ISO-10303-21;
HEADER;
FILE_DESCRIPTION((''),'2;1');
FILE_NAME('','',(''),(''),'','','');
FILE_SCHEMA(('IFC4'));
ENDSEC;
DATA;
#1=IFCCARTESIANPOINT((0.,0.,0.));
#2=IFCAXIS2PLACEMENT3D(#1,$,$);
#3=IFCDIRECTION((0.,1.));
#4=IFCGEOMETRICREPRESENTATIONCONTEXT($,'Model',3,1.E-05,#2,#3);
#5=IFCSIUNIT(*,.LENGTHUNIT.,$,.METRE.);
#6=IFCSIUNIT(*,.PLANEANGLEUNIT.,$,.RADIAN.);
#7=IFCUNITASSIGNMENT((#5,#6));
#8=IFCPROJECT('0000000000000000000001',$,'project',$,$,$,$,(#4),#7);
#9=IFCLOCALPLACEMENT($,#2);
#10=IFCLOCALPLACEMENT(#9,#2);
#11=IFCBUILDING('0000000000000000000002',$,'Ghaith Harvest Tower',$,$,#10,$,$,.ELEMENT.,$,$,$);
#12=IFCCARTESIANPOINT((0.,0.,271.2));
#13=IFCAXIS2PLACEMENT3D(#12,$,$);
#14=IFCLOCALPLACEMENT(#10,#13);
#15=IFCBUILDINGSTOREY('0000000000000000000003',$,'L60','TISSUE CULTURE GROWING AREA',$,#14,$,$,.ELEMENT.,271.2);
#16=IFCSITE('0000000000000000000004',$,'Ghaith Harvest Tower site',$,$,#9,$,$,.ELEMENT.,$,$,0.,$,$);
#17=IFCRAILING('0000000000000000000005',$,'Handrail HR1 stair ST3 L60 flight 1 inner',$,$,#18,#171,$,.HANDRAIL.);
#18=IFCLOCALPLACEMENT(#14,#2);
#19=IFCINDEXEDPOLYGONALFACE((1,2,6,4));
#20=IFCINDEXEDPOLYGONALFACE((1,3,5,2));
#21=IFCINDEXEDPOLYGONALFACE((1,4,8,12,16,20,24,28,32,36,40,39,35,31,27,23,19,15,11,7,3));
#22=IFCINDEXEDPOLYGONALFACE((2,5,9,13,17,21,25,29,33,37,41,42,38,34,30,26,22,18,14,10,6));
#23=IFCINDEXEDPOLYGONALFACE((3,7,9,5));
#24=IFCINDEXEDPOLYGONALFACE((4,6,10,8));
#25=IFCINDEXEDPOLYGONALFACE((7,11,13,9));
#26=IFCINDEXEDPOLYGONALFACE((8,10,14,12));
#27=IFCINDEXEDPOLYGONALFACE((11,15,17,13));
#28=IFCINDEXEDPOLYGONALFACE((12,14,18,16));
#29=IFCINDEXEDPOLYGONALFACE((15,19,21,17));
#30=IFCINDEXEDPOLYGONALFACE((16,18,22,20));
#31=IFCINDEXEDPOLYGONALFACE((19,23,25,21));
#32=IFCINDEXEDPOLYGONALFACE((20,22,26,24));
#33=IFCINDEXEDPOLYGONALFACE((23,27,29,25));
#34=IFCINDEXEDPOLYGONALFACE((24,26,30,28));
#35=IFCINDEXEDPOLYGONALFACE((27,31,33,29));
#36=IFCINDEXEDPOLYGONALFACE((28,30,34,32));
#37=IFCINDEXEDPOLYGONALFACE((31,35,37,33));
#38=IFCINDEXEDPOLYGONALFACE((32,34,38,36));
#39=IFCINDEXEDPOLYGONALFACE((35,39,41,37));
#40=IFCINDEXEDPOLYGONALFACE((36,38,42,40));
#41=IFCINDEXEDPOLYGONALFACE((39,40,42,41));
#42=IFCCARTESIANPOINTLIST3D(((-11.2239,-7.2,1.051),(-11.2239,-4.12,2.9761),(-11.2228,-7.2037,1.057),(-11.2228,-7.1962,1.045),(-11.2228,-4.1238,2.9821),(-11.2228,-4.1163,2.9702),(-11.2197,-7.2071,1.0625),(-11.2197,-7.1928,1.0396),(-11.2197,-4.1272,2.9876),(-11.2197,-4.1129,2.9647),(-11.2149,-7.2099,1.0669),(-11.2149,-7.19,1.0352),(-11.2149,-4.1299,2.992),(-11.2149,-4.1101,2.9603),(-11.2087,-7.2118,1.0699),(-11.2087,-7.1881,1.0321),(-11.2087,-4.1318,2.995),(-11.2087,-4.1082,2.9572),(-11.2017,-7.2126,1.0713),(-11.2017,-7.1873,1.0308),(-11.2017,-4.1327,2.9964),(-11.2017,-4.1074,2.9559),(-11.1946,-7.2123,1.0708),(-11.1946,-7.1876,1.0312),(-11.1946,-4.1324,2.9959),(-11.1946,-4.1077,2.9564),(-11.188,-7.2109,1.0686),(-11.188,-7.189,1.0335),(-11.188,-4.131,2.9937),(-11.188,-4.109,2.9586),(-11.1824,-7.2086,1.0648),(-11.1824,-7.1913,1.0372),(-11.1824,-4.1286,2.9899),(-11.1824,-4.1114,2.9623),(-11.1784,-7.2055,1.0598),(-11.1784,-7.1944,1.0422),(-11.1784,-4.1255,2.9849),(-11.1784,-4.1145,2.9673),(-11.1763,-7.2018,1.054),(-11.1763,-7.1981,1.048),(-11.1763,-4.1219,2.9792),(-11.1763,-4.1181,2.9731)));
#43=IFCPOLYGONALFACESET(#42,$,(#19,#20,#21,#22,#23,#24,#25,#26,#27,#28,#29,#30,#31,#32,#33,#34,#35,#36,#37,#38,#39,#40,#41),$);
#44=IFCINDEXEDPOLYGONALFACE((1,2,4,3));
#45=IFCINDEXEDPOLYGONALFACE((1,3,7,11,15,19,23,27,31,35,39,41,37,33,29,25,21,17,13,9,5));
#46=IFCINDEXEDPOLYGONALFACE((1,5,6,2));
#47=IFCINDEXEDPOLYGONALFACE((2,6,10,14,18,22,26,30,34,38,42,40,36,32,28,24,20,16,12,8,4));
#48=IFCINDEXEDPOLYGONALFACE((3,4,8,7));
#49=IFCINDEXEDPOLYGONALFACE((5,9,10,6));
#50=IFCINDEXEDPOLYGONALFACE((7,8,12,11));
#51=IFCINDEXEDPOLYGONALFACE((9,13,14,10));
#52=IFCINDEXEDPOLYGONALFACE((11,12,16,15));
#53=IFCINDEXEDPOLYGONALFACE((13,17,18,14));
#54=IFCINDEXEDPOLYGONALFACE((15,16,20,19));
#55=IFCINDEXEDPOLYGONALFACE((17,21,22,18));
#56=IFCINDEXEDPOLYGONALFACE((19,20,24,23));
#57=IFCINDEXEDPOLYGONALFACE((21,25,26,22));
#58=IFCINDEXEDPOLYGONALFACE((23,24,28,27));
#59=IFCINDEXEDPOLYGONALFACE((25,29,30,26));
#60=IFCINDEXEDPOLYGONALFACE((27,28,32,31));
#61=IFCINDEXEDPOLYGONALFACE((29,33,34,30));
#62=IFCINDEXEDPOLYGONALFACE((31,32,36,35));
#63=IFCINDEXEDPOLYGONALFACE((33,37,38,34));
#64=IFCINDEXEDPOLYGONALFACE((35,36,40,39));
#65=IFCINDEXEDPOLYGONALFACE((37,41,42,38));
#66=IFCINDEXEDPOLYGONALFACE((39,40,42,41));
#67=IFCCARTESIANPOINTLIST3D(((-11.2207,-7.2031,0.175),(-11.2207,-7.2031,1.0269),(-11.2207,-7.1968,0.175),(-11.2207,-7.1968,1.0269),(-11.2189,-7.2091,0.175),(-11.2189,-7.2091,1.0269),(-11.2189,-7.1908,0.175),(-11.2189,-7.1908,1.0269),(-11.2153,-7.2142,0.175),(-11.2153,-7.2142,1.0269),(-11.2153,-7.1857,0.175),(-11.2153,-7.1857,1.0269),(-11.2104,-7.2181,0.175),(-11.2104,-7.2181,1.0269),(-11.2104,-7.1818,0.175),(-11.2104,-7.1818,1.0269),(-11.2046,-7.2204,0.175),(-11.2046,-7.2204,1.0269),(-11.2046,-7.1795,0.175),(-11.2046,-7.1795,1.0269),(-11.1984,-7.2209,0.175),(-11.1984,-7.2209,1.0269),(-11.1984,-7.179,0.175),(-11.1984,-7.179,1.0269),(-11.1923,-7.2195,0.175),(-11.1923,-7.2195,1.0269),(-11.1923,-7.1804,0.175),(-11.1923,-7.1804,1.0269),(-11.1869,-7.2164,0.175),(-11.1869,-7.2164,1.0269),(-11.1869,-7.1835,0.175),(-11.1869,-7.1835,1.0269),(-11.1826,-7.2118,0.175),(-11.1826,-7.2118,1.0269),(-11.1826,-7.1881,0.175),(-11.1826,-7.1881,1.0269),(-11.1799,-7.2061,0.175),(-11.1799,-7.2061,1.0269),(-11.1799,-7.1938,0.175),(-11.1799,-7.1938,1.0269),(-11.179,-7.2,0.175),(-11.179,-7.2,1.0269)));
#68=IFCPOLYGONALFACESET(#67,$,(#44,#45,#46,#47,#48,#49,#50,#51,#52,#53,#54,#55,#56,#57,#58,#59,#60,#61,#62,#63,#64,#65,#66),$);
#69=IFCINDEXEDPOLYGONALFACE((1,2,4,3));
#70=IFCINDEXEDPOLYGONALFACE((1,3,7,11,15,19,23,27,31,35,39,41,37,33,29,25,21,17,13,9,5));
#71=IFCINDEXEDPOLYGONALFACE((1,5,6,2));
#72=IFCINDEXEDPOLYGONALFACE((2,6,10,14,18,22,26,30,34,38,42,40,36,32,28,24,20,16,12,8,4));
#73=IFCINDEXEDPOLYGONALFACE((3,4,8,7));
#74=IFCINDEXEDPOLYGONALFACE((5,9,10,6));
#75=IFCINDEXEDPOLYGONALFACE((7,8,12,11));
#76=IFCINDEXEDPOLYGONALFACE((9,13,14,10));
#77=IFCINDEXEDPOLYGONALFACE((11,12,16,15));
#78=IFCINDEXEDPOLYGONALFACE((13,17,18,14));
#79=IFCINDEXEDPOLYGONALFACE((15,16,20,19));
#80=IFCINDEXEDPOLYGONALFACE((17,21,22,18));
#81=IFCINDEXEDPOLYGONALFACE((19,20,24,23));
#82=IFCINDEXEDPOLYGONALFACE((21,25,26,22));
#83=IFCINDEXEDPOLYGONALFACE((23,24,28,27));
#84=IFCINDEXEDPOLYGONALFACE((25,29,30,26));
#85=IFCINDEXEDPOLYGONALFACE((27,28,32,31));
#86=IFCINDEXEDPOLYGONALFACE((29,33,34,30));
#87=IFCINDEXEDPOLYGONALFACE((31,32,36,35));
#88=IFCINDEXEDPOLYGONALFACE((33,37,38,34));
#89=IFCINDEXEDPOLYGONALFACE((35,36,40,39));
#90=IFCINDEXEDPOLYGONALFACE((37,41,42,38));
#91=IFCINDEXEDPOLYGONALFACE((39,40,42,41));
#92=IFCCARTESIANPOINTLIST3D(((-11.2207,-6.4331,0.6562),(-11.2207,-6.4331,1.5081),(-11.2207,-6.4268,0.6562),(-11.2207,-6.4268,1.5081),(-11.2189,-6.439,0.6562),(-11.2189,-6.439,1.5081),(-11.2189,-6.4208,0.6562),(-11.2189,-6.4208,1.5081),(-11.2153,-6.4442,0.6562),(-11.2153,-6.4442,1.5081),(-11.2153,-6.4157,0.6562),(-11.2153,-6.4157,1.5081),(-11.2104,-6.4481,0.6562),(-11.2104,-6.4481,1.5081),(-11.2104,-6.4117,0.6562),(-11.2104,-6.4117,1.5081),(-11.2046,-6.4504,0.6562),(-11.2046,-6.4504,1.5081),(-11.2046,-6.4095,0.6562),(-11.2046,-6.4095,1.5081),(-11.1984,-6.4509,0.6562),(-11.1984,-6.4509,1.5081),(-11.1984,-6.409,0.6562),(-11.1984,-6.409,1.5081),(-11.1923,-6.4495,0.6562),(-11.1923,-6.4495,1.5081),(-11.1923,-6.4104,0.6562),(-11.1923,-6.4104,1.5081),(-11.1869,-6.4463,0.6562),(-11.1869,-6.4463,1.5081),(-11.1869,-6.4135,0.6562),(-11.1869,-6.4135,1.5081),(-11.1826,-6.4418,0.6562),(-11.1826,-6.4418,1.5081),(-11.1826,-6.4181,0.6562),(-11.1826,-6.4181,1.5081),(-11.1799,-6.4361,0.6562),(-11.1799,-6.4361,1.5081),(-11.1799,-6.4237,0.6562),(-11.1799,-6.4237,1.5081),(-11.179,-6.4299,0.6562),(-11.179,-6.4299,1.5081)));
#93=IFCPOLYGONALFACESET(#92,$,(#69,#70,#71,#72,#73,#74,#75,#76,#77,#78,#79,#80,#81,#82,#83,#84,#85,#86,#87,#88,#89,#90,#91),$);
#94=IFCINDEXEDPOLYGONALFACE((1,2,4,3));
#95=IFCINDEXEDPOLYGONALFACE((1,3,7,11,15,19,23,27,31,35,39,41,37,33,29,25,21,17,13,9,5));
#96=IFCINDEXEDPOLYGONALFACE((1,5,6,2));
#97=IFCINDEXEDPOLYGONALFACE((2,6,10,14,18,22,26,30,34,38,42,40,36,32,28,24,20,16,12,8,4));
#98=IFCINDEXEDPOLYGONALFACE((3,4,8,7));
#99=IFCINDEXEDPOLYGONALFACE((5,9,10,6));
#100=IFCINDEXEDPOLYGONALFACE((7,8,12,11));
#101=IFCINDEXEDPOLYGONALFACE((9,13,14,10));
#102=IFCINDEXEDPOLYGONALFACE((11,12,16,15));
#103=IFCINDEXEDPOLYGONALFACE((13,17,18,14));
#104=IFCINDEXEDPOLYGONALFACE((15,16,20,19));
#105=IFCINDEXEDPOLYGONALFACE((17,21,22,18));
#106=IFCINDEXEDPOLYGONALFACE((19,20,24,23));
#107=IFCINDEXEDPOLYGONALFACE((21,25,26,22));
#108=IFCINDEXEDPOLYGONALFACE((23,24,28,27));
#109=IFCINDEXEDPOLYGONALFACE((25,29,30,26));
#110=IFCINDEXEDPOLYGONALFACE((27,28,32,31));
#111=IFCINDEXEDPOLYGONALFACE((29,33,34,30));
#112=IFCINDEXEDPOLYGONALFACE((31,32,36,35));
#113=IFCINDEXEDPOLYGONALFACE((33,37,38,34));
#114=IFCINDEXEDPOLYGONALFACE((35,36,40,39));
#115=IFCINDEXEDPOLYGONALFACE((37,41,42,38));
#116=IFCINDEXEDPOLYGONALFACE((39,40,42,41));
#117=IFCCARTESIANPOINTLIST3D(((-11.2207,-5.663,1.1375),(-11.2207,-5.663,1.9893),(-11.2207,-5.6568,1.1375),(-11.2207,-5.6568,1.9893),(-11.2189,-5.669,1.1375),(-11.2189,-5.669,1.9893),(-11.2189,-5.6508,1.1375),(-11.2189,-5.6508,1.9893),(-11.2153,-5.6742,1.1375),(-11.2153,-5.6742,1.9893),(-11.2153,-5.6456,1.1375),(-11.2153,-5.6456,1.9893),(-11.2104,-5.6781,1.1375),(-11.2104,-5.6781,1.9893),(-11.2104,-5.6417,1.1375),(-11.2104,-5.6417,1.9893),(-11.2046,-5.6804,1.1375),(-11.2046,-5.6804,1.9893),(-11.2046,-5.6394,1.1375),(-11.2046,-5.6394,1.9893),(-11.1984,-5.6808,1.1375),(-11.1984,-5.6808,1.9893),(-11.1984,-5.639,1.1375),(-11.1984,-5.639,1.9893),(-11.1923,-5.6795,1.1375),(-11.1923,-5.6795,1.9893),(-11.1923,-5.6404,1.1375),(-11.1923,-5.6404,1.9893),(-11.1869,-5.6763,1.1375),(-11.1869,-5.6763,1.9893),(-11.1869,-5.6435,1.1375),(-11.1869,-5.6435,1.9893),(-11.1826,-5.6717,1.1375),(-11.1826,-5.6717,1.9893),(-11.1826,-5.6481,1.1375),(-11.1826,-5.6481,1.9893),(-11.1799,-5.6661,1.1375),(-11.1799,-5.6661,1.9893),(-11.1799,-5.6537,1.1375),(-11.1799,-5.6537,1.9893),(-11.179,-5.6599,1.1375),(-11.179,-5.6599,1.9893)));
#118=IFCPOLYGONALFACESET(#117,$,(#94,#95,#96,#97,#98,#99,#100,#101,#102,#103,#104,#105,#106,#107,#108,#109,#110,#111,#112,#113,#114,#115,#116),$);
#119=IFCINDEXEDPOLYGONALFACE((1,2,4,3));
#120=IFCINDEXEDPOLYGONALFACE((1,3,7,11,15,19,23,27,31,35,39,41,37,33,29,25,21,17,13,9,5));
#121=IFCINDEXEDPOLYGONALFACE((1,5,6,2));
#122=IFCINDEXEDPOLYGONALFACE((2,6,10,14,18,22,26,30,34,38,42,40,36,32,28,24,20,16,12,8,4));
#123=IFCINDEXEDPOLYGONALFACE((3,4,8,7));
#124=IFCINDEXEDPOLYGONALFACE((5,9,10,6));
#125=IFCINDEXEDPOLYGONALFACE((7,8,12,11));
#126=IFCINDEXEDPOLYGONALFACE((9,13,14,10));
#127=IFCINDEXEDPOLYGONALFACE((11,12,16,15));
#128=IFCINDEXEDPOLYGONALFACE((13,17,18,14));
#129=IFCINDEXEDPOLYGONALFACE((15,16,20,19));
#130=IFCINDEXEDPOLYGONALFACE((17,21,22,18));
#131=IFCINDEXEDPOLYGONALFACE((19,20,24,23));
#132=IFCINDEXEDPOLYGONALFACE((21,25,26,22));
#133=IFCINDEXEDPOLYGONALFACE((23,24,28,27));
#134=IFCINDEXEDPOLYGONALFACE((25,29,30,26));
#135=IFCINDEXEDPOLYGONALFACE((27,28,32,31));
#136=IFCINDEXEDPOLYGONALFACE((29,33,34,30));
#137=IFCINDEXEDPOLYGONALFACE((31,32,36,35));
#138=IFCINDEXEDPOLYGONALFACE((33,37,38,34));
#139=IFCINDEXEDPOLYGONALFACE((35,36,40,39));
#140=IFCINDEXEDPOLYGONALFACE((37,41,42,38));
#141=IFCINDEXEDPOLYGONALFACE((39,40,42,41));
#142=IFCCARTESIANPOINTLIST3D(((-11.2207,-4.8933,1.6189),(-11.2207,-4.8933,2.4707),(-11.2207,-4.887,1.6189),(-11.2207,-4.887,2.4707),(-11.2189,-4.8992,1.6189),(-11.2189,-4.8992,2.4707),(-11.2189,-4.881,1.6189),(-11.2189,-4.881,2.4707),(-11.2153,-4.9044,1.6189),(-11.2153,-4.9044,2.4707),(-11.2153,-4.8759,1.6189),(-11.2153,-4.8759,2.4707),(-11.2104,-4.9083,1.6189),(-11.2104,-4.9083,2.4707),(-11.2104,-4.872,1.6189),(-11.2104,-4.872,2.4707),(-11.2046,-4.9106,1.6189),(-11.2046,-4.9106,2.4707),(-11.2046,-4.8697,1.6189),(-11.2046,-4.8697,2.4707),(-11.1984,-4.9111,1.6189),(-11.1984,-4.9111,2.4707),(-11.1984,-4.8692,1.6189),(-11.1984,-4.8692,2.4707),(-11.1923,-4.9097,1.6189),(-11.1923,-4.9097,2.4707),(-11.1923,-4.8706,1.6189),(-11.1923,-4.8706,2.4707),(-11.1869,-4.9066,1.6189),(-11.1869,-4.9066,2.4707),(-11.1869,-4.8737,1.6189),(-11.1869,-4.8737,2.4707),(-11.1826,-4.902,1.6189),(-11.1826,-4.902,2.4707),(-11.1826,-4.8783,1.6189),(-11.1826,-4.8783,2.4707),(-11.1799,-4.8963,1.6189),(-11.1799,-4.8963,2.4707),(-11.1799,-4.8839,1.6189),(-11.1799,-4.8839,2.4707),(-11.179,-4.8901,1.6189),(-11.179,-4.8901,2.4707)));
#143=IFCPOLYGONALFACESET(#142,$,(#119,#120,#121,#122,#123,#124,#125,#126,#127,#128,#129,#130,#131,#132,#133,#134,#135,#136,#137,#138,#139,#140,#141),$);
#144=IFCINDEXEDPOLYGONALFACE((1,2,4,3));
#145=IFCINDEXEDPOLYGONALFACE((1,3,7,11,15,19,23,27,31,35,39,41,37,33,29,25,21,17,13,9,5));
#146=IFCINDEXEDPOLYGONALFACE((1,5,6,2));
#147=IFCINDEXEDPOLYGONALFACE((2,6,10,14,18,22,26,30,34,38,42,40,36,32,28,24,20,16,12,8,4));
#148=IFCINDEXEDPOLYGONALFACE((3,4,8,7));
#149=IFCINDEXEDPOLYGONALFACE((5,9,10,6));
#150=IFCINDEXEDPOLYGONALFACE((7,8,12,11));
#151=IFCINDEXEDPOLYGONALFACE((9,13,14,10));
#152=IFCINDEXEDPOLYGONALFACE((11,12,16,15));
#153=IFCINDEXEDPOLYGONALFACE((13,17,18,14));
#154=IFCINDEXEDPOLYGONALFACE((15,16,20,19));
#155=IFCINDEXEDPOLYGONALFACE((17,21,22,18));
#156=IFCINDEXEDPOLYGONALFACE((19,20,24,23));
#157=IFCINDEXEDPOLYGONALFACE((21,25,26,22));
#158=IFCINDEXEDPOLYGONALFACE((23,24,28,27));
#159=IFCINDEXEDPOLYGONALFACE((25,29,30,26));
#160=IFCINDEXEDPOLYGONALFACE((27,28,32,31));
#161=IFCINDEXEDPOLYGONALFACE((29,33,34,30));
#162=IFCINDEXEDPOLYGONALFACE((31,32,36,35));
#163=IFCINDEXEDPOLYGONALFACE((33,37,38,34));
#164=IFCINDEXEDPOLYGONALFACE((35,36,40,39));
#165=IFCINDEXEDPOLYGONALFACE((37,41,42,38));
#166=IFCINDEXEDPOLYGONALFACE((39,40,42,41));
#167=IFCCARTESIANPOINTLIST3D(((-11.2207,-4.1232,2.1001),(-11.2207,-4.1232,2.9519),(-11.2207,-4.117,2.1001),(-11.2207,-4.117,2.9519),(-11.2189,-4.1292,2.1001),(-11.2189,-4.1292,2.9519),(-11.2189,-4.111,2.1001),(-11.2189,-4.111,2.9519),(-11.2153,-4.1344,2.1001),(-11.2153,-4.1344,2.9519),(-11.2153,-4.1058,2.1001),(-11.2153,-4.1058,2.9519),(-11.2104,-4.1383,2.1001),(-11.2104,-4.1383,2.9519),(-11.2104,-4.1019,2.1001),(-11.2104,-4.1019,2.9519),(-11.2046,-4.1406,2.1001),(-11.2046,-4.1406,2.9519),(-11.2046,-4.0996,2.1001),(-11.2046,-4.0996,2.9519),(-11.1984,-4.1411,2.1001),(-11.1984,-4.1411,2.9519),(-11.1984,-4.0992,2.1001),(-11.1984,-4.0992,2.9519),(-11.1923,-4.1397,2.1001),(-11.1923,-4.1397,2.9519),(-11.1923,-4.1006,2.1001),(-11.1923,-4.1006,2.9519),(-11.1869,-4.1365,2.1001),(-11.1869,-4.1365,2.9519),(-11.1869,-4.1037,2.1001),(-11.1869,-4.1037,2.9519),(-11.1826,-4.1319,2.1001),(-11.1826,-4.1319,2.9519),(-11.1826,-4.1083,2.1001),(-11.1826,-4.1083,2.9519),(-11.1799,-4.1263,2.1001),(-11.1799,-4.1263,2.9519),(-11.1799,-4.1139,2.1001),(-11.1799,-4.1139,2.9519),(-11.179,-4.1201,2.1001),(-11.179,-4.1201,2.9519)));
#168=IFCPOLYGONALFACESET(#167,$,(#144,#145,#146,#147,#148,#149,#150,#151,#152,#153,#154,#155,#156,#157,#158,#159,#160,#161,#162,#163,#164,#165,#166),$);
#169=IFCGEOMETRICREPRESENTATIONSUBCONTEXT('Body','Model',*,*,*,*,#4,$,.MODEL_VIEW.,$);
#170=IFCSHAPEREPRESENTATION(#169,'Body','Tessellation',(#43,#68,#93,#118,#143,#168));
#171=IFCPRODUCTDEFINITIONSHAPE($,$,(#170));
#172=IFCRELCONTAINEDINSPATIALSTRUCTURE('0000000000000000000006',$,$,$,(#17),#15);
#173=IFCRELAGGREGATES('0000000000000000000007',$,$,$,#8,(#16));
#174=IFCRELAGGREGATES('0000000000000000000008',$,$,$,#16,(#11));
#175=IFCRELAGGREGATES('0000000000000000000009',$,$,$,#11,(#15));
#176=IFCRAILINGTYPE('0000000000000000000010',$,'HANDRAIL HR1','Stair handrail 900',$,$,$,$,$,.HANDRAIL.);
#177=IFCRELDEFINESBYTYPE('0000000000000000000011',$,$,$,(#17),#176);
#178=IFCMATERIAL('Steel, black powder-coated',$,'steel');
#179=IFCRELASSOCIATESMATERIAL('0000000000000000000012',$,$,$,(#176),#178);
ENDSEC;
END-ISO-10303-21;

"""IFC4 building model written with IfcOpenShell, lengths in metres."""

from ifc_helpers import new_model, si_unit, direction, frame, origin, origin_2d, place, context, subcontext, project, spatial, circle, extrude, material, type_object, element, save


model = new_model("IFC4")

# Units and contexts
model_context = context("Model", 3, precision=1e-05, world=origin(), true_north=direction((0.0, 1.0)))
body_context = subcontext(model_context, "Body", "Model", "MODEL_VIEW")
ifc_project = project(units=[si_unit("LENGTHUNIT", "METRE"), si_unit("PLANEANGLEUNIT", "RADIAN")], contexts=[model_context])

# Site, building, storey
site_placement = place(None, origin())
site = spatial("IfcSite", under=ifc_project, at=site_placement, Name="Ghaith Harvest Tower site", CompositionType="ELEMENT", RefElevation=0.0)
building_placement = place(site_placement, origin())
building = spatial("IfcBuilding", under=site, at=building_placement, Name="Ghaith Harvest Tower", CompositionType="ELEMENT")
storey_placement = place(building_placement, frame((0.0, 0.0, 271.2)))
storey = spatial("IfcBuildingStorey", under=building, at=storey_placement, Name="L60", Description="TISSUE CULTURE GROWING AREA", CompositionType="ELEMENT", Elevation=271.2)

# Railing
ifc_material_1 = material(Name="Steel, black powder-coated", Category="steel")
railing_type = type_object("IfcRailingType", Name="HANDRAIL HR1", Description="Stair handrail 900", PredefinedType="HANDRAIL", material=ifc_material_1)
railing_1_placement = place(storey_placement, frame((-11.2, -7.2, 0.175)))
element("IfcRailing", 1, at=railing_1_placement, inside=storey, type_object=railing_type, Name="Handrail HR1 stair ST3 L60 flight 1 inner", PredefinedType="HANDRAIL", context=body_context, shape_type="SweptSolid", body=[
    extrude(circle(Radius=0.0239, at=origin_2d()), frame((0.0, 0.0, 0.876), z_axis=(0.0, 0.847979, 0.530029), x_axis=(-1.0, 0.0, 0.0)), (0.0, 0.0, 1.0), 3.6321),
    extrude(circle(Radius=0.021, at=origin_2d()), origin(), (0.0, 0.0, 1.0), 0.8518),
    extrude(circle(Radius=0.021, at=origin_2d()), frame((0.0, 0.77, 0.4812)), (0.0, 0.0, 1.0), 0.8518),
    extrude(circle(Radius=0.021, at=origin_2d()), frame((0.0, 1.54, 0.9624)), (0.0, 0.0, 1.0), 0.8518),
    extrude(circle(Radius=0.021, at=origin_2d()), frame((0.0, 2.3098, 1.4438)), (0.0, 0.0, 1.0), 0.8518),
    extrude(circle(Radius=0.021, at=origin_2d()), frame((0.0, 3.0798, 1.925)), (0.0, 0.0, 1.0), 0.8518),
])

save(model, "model.ifc")
